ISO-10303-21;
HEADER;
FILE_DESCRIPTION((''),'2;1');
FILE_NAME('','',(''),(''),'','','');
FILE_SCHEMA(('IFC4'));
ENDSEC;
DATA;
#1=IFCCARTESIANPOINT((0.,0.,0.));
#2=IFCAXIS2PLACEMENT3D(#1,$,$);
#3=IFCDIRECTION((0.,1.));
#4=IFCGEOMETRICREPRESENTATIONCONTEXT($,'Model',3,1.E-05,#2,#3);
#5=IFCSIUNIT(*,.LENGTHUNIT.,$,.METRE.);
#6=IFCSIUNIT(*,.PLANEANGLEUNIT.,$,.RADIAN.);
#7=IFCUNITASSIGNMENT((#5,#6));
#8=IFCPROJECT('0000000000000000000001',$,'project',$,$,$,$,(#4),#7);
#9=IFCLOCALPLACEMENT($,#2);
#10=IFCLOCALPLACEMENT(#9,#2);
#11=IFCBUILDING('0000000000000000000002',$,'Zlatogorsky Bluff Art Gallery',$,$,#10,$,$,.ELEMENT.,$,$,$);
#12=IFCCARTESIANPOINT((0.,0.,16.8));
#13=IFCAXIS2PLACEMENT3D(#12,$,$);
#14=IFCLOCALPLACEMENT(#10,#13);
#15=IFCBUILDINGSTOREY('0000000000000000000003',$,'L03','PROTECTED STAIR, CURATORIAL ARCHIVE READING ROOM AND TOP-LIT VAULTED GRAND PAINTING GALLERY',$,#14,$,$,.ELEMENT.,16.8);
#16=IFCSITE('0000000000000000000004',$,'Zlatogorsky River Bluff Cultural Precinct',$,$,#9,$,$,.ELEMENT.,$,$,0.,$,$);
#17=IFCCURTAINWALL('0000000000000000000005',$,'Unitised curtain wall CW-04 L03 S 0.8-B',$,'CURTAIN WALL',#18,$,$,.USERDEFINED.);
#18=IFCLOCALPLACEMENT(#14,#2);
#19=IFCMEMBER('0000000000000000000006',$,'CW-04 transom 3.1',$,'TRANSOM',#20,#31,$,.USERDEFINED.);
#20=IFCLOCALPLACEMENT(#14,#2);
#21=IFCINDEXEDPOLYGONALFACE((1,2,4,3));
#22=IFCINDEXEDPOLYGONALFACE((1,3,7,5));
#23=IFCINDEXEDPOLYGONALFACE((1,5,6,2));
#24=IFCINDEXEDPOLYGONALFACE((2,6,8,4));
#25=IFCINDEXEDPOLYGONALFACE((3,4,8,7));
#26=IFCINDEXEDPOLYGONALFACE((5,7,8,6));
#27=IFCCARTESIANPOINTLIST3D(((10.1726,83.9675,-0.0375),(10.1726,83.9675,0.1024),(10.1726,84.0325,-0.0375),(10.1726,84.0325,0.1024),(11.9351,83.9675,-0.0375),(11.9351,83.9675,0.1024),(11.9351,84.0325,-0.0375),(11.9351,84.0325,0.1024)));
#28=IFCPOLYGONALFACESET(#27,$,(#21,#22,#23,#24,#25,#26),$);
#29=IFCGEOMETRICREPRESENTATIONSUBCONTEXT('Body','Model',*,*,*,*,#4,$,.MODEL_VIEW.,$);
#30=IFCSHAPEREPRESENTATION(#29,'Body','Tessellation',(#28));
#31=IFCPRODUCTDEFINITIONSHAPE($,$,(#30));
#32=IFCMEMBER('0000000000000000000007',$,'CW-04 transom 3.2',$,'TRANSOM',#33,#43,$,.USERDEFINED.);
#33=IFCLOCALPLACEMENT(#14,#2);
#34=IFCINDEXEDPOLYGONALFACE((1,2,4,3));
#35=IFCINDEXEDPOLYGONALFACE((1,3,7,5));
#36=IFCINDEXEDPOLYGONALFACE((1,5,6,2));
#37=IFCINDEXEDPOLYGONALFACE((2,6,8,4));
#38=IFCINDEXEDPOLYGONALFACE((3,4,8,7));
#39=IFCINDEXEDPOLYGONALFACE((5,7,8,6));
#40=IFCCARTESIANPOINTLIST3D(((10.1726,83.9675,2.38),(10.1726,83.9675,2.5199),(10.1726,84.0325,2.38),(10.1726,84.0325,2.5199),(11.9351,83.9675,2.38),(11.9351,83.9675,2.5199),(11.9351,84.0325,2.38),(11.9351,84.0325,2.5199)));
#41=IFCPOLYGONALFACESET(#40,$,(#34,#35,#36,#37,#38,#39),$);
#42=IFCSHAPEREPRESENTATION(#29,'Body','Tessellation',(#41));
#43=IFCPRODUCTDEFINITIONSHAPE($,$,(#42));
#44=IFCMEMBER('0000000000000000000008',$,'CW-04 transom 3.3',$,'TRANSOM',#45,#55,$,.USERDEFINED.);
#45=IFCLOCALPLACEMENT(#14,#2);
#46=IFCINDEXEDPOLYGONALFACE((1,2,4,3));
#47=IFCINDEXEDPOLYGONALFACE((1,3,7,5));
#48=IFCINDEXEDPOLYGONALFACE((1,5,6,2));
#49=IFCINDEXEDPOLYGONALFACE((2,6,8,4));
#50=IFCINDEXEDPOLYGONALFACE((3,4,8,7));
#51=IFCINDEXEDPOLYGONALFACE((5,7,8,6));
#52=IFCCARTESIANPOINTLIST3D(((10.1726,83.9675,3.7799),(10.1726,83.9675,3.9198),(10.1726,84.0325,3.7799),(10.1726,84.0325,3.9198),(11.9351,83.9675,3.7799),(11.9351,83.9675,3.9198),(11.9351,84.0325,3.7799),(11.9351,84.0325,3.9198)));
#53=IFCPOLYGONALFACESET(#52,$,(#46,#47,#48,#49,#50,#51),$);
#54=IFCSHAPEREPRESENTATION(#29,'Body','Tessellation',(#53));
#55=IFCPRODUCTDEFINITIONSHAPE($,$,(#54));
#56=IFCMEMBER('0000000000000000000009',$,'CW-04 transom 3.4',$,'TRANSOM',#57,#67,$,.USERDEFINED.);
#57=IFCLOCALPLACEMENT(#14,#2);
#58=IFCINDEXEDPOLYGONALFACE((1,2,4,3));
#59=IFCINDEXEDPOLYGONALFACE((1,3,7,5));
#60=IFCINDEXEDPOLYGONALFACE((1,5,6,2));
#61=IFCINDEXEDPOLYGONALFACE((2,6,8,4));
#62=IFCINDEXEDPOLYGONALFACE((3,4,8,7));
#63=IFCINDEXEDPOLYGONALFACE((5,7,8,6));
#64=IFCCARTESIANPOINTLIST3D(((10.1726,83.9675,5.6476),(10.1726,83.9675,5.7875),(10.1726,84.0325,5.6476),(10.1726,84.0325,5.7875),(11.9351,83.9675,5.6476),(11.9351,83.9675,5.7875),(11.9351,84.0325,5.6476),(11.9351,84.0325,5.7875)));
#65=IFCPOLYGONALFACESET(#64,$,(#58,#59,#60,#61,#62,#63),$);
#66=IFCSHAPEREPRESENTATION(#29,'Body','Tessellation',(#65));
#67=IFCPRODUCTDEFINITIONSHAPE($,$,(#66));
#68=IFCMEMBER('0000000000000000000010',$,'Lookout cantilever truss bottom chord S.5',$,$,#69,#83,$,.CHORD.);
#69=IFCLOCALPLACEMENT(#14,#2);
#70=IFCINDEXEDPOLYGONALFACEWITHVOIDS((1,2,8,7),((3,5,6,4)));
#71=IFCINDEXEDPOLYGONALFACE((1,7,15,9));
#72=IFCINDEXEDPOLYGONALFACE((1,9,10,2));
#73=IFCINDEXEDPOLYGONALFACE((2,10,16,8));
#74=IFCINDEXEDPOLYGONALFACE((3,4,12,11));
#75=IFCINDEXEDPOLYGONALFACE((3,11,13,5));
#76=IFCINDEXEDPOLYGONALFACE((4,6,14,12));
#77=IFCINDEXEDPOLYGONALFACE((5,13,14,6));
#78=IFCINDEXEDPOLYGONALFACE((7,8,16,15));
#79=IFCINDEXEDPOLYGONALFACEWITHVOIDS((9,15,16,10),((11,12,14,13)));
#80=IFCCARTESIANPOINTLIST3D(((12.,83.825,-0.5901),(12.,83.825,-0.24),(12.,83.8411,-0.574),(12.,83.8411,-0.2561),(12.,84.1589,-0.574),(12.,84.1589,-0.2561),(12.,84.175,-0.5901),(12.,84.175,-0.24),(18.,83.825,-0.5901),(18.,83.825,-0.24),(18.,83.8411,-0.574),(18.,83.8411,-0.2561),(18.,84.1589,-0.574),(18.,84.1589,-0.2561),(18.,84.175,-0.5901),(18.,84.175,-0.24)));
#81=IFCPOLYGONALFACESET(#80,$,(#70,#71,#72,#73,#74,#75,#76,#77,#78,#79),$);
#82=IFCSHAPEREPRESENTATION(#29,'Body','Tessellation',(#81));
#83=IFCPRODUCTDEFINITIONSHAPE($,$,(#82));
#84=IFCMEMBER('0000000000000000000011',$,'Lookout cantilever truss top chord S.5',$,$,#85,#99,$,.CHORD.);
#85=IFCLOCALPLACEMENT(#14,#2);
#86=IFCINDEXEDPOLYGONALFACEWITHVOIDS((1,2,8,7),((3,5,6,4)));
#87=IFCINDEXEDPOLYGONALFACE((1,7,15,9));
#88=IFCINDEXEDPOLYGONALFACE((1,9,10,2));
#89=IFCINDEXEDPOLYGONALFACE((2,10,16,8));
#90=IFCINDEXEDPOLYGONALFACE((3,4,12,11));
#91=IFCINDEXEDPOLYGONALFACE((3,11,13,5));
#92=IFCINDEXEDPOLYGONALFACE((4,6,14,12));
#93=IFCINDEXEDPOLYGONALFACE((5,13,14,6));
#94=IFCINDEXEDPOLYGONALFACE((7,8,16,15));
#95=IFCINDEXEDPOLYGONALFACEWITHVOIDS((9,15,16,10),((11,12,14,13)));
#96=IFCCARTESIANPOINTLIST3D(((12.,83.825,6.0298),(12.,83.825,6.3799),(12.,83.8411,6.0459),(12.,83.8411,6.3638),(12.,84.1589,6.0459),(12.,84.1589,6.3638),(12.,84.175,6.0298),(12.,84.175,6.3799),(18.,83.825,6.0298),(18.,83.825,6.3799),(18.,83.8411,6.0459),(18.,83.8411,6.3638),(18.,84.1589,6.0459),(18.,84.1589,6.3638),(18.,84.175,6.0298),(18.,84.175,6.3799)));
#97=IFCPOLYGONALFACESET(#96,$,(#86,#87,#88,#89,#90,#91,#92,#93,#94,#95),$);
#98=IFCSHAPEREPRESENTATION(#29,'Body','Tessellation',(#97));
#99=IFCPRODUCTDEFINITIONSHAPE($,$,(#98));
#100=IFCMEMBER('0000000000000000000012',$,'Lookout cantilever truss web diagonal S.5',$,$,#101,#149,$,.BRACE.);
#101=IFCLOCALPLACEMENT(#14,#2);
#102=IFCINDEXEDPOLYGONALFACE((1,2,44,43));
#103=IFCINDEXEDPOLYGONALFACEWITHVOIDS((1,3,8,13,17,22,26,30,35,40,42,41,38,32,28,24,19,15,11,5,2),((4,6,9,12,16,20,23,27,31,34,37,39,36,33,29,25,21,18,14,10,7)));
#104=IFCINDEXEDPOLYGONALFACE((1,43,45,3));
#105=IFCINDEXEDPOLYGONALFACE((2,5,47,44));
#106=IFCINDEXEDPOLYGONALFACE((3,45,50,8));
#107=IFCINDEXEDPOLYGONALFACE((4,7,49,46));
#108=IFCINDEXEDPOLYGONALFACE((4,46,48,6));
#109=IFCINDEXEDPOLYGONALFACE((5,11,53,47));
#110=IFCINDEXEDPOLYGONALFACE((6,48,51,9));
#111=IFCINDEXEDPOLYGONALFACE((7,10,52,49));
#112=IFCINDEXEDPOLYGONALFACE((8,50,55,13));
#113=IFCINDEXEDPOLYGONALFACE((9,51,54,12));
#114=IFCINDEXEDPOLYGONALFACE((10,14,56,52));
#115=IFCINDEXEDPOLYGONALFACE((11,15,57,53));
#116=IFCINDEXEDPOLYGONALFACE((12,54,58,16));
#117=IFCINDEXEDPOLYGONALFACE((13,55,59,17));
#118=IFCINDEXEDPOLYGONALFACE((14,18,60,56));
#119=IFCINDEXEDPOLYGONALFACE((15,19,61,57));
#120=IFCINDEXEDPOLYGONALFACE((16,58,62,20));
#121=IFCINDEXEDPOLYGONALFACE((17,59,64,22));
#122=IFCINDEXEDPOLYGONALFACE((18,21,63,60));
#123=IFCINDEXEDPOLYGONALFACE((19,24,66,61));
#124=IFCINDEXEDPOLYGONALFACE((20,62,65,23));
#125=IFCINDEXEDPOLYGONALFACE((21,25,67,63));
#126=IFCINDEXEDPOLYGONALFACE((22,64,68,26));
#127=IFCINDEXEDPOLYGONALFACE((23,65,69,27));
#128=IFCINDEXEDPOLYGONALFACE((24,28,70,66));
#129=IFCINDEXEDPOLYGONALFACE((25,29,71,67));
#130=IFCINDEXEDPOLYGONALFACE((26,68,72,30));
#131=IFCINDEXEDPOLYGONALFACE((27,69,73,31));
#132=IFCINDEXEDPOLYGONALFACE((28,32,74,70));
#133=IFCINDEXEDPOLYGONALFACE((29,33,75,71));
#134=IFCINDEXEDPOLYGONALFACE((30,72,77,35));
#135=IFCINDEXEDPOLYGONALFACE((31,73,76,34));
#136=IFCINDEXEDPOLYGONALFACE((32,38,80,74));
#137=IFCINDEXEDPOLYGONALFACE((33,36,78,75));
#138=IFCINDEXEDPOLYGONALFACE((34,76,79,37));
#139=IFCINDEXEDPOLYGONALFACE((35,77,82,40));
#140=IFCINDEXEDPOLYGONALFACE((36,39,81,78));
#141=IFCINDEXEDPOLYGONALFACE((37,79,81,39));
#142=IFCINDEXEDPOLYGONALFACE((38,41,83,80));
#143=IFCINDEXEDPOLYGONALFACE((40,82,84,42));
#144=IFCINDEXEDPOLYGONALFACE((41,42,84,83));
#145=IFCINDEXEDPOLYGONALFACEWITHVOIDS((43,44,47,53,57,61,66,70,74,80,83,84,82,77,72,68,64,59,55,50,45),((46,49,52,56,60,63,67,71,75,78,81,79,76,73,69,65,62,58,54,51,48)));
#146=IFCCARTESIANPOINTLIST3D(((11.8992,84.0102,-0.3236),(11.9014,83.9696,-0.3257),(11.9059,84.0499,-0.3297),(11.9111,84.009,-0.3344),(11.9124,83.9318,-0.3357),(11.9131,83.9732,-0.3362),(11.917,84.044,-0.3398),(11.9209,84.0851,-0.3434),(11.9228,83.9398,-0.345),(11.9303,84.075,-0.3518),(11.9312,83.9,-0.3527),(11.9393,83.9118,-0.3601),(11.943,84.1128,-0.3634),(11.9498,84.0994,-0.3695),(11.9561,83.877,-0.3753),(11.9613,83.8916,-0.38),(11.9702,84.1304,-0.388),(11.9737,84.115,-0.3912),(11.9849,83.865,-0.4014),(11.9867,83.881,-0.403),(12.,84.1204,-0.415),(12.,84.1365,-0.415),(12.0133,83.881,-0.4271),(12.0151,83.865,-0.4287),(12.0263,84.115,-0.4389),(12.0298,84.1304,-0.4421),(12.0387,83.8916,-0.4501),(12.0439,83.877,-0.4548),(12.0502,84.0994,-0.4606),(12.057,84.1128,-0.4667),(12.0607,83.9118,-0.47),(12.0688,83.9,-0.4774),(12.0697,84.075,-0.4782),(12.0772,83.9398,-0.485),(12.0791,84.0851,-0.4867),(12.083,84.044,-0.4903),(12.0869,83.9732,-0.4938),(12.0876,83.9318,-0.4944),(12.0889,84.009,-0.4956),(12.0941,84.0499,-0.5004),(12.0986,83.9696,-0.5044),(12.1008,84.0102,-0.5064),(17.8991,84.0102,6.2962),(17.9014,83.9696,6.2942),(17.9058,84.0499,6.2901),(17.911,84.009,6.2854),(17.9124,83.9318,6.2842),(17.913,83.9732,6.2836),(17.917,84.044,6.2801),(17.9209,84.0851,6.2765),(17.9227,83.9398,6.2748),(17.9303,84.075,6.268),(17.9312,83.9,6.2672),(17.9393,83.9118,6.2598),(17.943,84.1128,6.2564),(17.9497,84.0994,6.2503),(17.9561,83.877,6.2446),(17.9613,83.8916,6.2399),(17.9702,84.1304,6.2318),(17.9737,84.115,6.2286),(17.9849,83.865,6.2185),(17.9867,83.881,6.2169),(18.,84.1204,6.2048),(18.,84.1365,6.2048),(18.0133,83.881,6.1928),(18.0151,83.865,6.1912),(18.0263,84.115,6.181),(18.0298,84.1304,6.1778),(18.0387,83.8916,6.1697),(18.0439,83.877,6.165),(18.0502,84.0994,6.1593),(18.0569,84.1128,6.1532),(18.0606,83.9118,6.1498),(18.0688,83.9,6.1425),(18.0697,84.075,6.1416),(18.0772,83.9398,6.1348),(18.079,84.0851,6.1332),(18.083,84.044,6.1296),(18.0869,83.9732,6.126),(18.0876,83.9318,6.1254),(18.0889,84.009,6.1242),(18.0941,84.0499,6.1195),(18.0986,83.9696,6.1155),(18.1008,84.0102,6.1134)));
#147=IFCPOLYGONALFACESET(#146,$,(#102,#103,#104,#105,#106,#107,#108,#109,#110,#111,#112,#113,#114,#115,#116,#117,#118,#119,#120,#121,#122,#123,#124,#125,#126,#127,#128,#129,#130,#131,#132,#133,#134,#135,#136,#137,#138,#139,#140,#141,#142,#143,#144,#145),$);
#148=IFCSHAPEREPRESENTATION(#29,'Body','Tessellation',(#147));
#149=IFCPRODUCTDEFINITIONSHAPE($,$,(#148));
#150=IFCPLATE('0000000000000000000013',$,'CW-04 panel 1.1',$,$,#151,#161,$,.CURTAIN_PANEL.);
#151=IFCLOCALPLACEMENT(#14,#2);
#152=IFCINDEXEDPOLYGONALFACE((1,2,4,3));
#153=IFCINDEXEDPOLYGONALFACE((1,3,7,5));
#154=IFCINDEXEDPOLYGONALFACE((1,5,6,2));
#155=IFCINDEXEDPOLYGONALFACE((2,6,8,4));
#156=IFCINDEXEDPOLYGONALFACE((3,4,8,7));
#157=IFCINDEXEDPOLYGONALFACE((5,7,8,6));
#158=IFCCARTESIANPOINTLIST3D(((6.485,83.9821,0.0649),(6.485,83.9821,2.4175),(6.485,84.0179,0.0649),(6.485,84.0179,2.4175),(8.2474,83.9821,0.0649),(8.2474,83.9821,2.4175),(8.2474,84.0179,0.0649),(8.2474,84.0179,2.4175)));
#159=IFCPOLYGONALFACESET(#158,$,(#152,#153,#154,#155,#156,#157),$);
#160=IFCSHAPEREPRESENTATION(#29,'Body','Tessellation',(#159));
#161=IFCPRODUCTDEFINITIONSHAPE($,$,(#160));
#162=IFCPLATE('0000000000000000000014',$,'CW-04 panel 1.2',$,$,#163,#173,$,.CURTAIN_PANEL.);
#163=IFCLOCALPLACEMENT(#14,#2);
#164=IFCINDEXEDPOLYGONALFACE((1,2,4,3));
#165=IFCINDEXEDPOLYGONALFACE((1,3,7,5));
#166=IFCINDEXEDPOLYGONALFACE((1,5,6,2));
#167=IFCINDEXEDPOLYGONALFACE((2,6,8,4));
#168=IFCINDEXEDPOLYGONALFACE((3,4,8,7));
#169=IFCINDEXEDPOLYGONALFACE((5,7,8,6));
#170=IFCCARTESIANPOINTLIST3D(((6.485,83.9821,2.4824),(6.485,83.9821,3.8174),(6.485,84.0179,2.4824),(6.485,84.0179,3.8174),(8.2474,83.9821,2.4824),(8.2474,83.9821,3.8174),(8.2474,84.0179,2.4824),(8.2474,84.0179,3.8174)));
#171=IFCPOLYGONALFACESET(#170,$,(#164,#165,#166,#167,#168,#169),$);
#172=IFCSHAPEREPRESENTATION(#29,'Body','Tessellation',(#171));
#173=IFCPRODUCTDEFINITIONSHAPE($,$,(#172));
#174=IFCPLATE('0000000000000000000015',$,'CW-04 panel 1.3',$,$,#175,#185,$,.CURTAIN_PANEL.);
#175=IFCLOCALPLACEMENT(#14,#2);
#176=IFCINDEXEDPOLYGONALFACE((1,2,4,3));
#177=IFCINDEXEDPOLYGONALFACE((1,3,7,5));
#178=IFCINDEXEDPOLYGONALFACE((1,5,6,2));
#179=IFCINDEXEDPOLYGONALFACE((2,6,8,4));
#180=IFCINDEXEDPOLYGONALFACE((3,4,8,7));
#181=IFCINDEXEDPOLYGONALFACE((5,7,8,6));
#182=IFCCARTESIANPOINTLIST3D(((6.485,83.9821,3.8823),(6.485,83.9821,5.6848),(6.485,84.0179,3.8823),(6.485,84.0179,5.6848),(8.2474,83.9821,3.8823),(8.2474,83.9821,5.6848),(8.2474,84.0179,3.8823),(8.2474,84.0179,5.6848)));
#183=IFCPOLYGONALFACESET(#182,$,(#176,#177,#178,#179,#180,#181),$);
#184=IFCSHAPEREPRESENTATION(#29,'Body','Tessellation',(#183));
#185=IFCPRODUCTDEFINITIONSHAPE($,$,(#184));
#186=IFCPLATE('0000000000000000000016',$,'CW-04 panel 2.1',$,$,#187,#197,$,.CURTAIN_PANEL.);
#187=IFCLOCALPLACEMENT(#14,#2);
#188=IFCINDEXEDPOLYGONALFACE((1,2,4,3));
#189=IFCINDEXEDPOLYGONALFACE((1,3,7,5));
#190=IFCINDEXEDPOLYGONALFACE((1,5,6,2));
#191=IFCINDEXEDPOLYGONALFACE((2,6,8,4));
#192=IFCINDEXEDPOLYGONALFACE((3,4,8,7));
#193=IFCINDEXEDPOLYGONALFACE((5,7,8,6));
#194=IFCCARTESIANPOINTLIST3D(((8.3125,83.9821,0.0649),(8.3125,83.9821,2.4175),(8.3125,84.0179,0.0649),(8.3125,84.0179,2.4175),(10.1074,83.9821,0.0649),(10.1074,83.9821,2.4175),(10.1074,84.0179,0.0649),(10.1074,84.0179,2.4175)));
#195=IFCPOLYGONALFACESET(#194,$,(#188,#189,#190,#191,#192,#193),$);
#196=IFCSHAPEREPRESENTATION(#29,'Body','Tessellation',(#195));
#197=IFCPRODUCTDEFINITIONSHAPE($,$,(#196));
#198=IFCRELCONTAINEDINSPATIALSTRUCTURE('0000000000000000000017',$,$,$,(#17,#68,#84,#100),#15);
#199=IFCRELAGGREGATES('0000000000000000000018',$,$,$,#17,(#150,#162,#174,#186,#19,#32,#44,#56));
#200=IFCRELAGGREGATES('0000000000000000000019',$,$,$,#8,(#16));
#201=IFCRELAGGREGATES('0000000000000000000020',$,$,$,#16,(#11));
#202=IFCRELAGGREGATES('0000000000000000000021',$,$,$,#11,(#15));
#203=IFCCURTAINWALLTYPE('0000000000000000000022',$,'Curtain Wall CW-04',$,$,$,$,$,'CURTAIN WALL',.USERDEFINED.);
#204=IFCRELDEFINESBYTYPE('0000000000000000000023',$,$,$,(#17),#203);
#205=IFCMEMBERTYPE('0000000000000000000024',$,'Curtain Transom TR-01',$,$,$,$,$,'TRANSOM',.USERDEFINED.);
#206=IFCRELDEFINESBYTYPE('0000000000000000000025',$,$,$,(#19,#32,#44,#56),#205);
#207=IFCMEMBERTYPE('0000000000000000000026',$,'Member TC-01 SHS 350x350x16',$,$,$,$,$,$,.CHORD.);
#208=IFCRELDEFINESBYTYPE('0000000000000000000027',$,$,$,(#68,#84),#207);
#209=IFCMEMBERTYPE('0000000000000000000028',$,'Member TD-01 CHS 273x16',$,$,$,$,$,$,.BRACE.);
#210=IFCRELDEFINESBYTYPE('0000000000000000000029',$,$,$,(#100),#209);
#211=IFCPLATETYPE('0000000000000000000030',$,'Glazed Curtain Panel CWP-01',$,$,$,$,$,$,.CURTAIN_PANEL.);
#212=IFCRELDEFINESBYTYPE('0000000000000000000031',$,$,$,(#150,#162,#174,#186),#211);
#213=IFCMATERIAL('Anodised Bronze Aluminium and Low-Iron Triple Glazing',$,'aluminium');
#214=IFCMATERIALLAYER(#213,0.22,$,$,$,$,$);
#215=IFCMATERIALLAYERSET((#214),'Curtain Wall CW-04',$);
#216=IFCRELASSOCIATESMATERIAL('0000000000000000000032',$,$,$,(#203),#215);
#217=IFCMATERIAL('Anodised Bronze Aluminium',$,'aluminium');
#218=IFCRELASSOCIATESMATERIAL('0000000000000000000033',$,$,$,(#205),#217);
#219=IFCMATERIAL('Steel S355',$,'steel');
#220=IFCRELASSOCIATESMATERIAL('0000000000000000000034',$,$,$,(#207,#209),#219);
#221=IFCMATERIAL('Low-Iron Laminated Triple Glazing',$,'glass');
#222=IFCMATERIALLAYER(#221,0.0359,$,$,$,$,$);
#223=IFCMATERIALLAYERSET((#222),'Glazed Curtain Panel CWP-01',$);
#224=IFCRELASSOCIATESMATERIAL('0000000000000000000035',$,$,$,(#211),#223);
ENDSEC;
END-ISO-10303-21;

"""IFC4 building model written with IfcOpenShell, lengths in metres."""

from ifc_helpers import new_model, si_unit, direction, frame, origin, origin_2d, place, context, subcontext, project, spatial, rectangle, hollow_rectangle, hollow_circle, extrude, material, layer, layer_set, material_profile, profile_set, type_object, element, aggregate, save


model = new_model("IFC4")

# Units and contexts
model_context = context("Model", 3, precision=1e-05, world=origin(), true_north=direction((0.0, 1.0)))
body_context = subcontext(model_context, "Body", "Model", "MODEL_VIEW")
ifc_project = project(units=[si_unit("LENGTHUNIT", "METRE"), si_unit("PLANEANGLEUNIT", "RADIAN")], contexts=[model_context])

# Site, building, storey
site_placement = place(None, origin())
site = spatial("IfcSite", under=ifc_project, at=site_placement, Name="Zlatogorsky River Bluff Cultural Precinct", CompositionType="ELEMENT", RefElevation=0.0)
building_placement = place(site_placement, origin())
building = spatial("IfcBuilding", under=site, at=building_placement, Name="Zlatogorsky Bluff Art Gallery", CompositionType="ELEMENT")
storey_placement = place(building_placement, frame((0.0, 0.0, 16.8)))
storey = spatial("IfcBuildingStorey", under=building, at=storey_placement, Name="L03", Description="PROTECTED STAIR, CURATORIAL ARCHIVE READING ROOM AND TOP-LIT VAULTED GRAND PAINTING GALLERY", CompositionType="ELEMENT", Elevation=16.8)

# Shared definitions
ifc_material_1 = material(Name="Steel S355", Category="steel")

# Curtain wall, members
ifc_material_2 = material(Name="Anodised Bronze Aluminium and Low-Iron Triple Glazing", Category="aluminium")
ifc_layer_1 = layer(ifc_material_2, 0.22)
ifc_layer_set_1 = layer_set([ifc_layer_1], Name="Curtain Wall CW-04")
curtain_wall_type = type_object("IfcCurtainWallType", Name="Curtain Wall CW-04", ElementType="CURTAIN WALL", PredefinedType="USERDEFINED", material=ifc_layer_set_1)
curtain_wall_placement = place(storey_placement, origin())
curtain_wall = element("IfcCurtainWall", 1, at=curtain_wall_placement, inside=storey, type_object=curtain_wall_type, Name="Unitised curtain wall CW-04 L03 S 0.8-B", ObjectType="CURTAIN WALL", PredefinedType="USERDEFINED")
ifc_material_3 = material(Name="Anodised Bronze Aluminium", Category="aluminium")
ifc_material_profile_1 = material_profile(ifc_material_3, rectangle(XDim=0.0649, YDim=0.1399, at=origin_2d()), Name="ALU TRANSOM 65x140")
ifc_profile_set_1 = profile_set([ifc_material_profile_1], Name="Anodised Bronze Aluminium")
member_type_1 = type_object("IfcMemberType", Name="Curtain Transom TR-01", ElementType="TRANSOM", PredefinedType="USERDEFINED", material=ifc_profile_set_1)
member_1_placement = place(storey_placement, frame((10.1726, 84.0, 0.0325), z_axis=(1.0, 0.0, 0.0), x_axis=(0.0, 1.0, 0.0)))
member_1 = element("IfcMember", 2, at=member_1_placement, type_object=member_type_1, Name="CW-04 transom 3.1", ObjectType="TRANSOM", PredefinedType="USERDEFINED", context=body_context, shape_type="SweptSolid", body=[
    extrude(rectangle(XDim=0.0649, YDim=0.1399, at=origin_2d()), origin(), (0.0, 0.0, 1.0), 1.7625),
])
member_2_placement = place(storey_placement, frame((10.1726, 84.0, 2.45), z_axis=(1.0, 0.0, 0.0), x_axis=(0.0, 1.0, 0.0)))
member_2 = element("IfcMember", 3, at=member_2_placement, type_object=member_type_1, Name="CW-04 transom 3.2", ObjectType="TRANSOM", PredefinedType="USERDEFINED", context=body_context, shape_type="SweptSolid", body=[
    extrude(rectangle(XDim=0.0649, YDim=0.1399, at=origin_2d()), origin(), (0.0, 0.0, 1.0), 1.7625),
])
member_3_placement = place(storey_placement, frame((10.1726, 84.0, 3.8499), z_axis=(1.0, 0.0, 0.0), x_axis=(0.0, 1.0, 0.0)))
member_3 = element("IfcMember", 4, at=member_3_placement, type_object=member_type_1, Name="CW-04 transom 3.3", ObjectType="TRANSOM", PredefinedType="USERDEFINED", context=body_context, shape_type="SweptSolid", body=[
    extrude(rectangle(XDim=0.0649, YDim=0.1399, at=origin_2d()), origin(), (0.0, 0.0, 1.0), 1.7625),
])
member_4_placement = place(storey_placement, frame((10.1726, 84.0, 5.7175), z_axis=(1.0, 0.0, 0.0), x_axis=(0.0, 1.0, 0.0)))
member_4 = element("IfcMember", 5, at=member_4_placement, type_object=member_type_1, Name="CW-04 transom 3.4", ObjectType="TRANSOM", PredefinedType="USERDEFINED", context=body_context, shape_type="SweptSolid", body=[
    extrude(rectangle(XDim=0.0649, YDim=0.1399, at=origin_2d()), origin(), (0.0, 0.0, 1.0), 1.7625),
])

# Members
ifc_material_profile_2 = material_profile(ifc_material_1, hollow_rectangle(XDim=0.3501, YDim=0.3501, WallThickness=0.0161, at=origin_2d()), Name="SHS 350x350x16")
ifc_profile_set_2 = profile_set([ifc_material_profile_2], Name="Steel S355")
member_type_2 = type_object("IfcMemberType", Name="Member TC-01 SHS 350x350x16", PredefinedType="CHORD", material=ifc_profile_set_2)
for number, where, z_axis, x_axis, name in (
    (6, (12.0, 84.0, -0.415), (1.0, 0.0, 0.0), (0.0, 1.0, 0.0), "Lookout cantilever truss bottom chord S.5"),
    (7, (12.0, 84.0, 6.2048), (1.0, 0.0, 0.0), (0.0, 1.0, 0.0), "Lookout cantilever truss top chord S.5"),
):
    element("IfcMember", number, at=place(storey_placement, frame(where, z_axis=z_axis, x_axis=x_axis)), inside=storey, type_object=member_type_2, Name=name, PredefinedType="CHORD", context=body_context, shape_type="SweptSolid", body=[
        extrude(hollow_rectangle(XDim=0.3501, YDim=0.3501, WallThickness=0.0161, at=origin_2d()), origin(), (0.0, 0.0, 1.0), 6.0),
    ])
ifc_material_profile_3 = material_profile(ifc_material_1, hollow_circle(Radius=0.1365, WallThickness=0.0161, at=origin_2d()), Name="CHS 273x16")
ifc_profile_set_3 = profile_set([ifc_material_profile_3], Name="Steel S355")
member_type_3 = type_object("IfcMemberType", Name="Member TD-01 CHS 273x16", PredefinedType="BRACE", material=ifc_profile_set_3)
member_5_placement = place(storey_placement, frame((12.0, 84.0, -0.415), z_axis=(0.671565, 0.0, 0.740946), x_axis=(0.0, 1.0, 0.0)))
element("IfcMember", 8, at=member_5_placement, inside=storey, type_object=member_type_3, Name="Lookout cantilever truss web diagonal S.5", PredefinedType="BRACE", context=body_context, shape_type="SweptSolid", body=[
    extrude(hollow_circle(Radius=0.1365, WallThickness=0.0161, at=origin_2d()), origin(), (0.0, 0.0, 1.0), 8.9343),
])

# Plates
ifc_material_4 = material(Name="Low-Iron Laminated Triple Glazing", Category="glass")
ifc_layer_2 = layer(ifc_material_4, 0.0359)
ifc_layer_set_2 = layer_set([ifc_layer_2], Name="Glazed Curtain Panel CWP-01")
plate_type_1 = type_object("IfcPlateType", Name="Glazed Curtain Panel CWP-01", PredefinedType="CURTAIN_PANEL", material=ifc_layer_set_2)
plate_1_placement = place(storey_placement, frame((7.3662, 84.0, 0.0649), z_axis=(0.0, 0.0, 1.0), x_axis=(1.0, 0.0, 0.0)))
plate_1 = element("IfcPlate", 9, at=plate_1_placement, type_object=plate_type_1, Name="CW-04 panel 1.1", PredefinedType="CURTAIN_PANEL", context=body_context, shape_type="SweptSolid", body=[
    extrude(rectangle(XDim=1.7625, YDim=0.0359, at=origin_2d()), origin(), (0.0, 0.0, 1.0), 2.3525),
])
plate_2_placement = place(storey_placement, frame((7.3662, 84.0, 2.4824), z_axis=(0.0, 0.0, 1.0), x_axis=(1.0, 0.0, 0.0)))
plate_2 = element("IfcPlate", 10, at=plate_2_placement, type_object=plate_type_1, Name="CW-04 panel 1.2", PredefinedType="CURTAIN_PANEL", context=body_context, shape_type="SweptSolid", body=[
    extrude(rectangle(XDim=1.7625, YDim=0.0359, at=origin_2d()), origin(), (0.0, 0.0, 1.0), 1.335),
])
plate_3_placement = place(storey_placement, frame((7.3662, 84.0, 3.8823), z_axis=(0.0, 0.0, 1.0), x_axis=(1.0, 0.0, 0.0)))
plate_3 = element("IfcPlate", 11, at=plate_3_placement, type_object=plate_type_1, Name="CW-04 panel 1.3", PredefinedType="CURTAIN_PANEL", context=body_context, shape_type="SweptSolid", body=[
    extrude(rectangle(XDim=1.7625, YDim=0.0359, at=origin_2d()), origin(), (0.0, 0.0, 1.0), 1.8025),
])
plate_4_placement = place(storey_placement, frame((9.21, 84.0, 0.0649), z_axis=(0.0, 0.0, 1.0), x_axis=(1.0, 0.0, 0.0)))
plate_4 = element("IfcPlate", 12, at=plate_4_placement, type_object=plate_type_1, Name="CW-04 panel 2.1", PredefinedType="CURTAIN_PANEL", context=body_context, shape_type="SweptSolid", body=[
    extrude(rectangle(XDim=1.7949, YDim=0.0359, at=origin_2d()), origin(), (0.0, 0.0, 1.0), 2.3525),
])
aggregate(curtain_wall, [plate_1, plate_2, plate_3, plate_4, member_1, member_2, member_3, member_4])

save(model, "model.ifc")
